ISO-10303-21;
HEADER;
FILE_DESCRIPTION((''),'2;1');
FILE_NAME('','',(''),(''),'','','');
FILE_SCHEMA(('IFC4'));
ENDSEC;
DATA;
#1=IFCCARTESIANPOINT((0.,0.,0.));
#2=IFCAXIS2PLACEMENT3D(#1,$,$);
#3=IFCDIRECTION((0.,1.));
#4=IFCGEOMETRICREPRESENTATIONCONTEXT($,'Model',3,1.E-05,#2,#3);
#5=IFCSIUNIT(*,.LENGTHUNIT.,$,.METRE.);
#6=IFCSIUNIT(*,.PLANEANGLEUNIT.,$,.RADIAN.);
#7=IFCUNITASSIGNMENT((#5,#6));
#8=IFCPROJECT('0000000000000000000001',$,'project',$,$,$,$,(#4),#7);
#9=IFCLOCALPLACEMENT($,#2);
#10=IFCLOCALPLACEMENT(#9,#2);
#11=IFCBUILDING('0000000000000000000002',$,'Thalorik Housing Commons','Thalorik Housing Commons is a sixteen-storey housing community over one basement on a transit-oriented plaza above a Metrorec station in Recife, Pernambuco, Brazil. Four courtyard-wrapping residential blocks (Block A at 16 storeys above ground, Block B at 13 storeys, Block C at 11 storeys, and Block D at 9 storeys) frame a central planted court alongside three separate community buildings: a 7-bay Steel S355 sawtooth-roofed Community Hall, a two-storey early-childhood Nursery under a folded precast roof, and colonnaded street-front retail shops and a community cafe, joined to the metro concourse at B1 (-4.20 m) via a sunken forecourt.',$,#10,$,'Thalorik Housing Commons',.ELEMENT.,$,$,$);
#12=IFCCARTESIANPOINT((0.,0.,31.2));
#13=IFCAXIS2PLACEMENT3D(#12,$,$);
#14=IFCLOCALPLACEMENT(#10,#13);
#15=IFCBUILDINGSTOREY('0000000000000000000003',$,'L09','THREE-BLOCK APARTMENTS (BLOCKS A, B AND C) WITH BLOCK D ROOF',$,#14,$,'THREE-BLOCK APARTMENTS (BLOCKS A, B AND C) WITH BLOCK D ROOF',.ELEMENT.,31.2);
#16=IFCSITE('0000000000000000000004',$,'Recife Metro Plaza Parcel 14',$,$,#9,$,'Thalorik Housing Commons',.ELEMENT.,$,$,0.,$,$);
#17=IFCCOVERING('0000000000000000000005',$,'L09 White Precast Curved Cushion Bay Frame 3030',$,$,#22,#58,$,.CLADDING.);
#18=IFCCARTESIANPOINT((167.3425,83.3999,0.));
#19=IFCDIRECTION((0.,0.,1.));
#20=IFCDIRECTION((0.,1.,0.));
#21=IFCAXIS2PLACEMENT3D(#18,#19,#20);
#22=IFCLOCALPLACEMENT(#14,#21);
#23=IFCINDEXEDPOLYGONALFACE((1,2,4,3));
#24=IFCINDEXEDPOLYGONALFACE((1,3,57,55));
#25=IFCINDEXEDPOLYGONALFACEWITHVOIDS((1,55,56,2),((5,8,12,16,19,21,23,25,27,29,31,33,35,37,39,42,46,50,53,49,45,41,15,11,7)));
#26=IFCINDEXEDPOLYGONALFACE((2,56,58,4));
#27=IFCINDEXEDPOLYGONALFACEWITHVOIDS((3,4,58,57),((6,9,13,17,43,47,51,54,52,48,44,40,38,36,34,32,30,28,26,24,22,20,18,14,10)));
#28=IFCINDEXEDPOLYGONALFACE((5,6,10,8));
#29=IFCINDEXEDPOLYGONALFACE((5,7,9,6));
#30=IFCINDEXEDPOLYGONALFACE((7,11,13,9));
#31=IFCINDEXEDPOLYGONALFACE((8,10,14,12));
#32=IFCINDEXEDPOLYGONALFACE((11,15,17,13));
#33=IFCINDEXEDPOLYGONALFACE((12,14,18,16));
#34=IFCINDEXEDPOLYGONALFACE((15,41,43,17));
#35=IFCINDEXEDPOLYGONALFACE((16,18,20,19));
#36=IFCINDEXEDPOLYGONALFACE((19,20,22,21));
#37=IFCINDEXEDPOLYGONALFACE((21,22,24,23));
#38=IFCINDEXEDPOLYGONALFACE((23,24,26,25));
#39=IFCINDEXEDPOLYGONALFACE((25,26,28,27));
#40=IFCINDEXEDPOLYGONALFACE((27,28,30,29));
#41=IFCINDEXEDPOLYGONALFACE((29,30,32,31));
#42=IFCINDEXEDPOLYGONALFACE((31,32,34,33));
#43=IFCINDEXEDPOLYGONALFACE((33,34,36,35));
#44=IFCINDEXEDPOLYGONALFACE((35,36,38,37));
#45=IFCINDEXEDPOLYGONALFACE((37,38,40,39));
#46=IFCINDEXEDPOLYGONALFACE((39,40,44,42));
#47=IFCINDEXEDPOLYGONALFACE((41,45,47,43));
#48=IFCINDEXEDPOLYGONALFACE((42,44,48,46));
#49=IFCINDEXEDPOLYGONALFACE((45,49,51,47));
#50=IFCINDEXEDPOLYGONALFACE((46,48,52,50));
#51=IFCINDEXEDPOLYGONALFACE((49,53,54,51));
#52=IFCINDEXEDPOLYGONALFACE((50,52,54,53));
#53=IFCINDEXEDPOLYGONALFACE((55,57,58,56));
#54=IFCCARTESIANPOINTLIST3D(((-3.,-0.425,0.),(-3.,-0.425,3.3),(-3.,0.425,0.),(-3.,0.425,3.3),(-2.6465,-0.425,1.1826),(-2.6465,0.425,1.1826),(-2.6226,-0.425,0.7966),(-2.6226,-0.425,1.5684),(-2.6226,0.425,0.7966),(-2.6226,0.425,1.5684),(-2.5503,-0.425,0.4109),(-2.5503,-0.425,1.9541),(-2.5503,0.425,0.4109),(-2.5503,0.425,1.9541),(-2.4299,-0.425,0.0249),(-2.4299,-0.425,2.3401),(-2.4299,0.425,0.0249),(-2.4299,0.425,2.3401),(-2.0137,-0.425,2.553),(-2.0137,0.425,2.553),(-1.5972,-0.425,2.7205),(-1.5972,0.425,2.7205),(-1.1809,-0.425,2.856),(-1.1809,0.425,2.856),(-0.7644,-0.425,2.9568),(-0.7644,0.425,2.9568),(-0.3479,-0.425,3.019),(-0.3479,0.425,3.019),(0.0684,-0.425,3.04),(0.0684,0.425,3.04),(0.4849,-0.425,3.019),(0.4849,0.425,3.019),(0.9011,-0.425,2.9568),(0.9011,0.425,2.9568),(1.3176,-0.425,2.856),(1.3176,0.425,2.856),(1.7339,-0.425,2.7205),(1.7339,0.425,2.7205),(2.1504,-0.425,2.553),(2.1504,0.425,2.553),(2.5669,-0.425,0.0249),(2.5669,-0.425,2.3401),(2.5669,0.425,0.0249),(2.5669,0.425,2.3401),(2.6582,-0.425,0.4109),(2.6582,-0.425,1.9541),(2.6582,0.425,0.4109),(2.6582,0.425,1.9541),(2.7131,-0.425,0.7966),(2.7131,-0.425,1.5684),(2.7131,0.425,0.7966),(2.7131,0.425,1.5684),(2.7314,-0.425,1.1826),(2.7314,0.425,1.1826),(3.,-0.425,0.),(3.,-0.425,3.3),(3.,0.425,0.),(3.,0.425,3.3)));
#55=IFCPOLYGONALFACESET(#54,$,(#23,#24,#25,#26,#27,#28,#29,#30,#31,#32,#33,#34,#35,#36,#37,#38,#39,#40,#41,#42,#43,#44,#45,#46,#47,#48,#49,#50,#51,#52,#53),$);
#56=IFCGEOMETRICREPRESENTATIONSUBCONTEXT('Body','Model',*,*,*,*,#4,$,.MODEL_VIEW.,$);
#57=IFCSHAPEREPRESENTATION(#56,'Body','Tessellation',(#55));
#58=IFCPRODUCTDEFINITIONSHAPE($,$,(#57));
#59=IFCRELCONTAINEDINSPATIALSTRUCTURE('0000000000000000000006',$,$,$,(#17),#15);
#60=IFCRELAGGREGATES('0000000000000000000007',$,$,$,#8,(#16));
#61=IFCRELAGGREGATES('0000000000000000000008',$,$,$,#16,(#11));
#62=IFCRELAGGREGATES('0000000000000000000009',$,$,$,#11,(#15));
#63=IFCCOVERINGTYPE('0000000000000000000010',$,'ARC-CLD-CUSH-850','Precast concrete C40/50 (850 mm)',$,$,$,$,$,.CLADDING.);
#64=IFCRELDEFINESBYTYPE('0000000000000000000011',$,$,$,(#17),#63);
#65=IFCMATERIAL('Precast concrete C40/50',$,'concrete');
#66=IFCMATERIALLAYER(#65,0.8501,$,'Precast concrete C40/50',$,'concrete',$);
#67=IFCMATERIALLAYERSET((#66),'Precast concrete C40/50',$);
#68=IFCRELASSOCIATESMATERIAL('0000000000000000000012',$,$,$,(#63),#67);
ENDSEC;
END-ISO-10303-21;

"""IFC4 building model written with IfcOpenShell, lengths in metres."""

from ifc_helpers import new_model, si_unit, direction, frame, origin, place, context, subcontext, project, spatial, polyline, outline, extrude, material, layer, layer_set, type_object, element, save


model = new_model("IFC4")

# Units and contexts
model_context = context("Model", 3, precision=1e-05, world=origin(), true_north=direction((0.0, 1.0)))
body_context = subcontext(model_context, "Body", "Model", "MODEL_VIEW")
ifc_project = project(units=[si_unit("LENGTHUNIT", "METRE"), si_unit("PLANEANGLEUNIT", "RADIAN")], contexts=[model_context])

# Site, building, storey
site_placement = place(None, origin())
site = spatial("IfcSite", under=ifc_project, at=site_placement, Name="Recife Metro Plaza Parcel 14", LongName="Thalorik Housing Commons", CompositionType="ELEMENT", RefElevation=0.0)
building_placement = place(site_placement, origin())
building = spatial("IfcBuilding", under=site, at=building_placement, Name="Thalorik Housing Commons", Description="Thalorik Housing Commons is a sixteen-storey housing community over one basement on a transit-oriented plaza above a Metrorec station in Recife, Pernambuco, Brazil. Four courtyard-wrapping residential blocks (Block A at 16 storeys above ground, Block B at 13 storeys, Block C at 11 storeys, and Block D at 9 storeys) frame a central planted court alongside three separate community buildings: a 7-bay Steel S355 sawtooth-roofed Community Hall, a two-storey early-childhood Nursery under a folded precast roof, and colonnaded street-front retail shops and a community cafe, joined to the metro concourse at B1 (-4.20 m) via a sunken forecourt.", LongName="Thalorik Housing Commons", CompositionType="ELEMENT")
storey_placement = place(building_placement, frame((0.0, 0.0, 31.2)))
storey = spatial("IfcBuildingStorey", under=building, at=storey_placement, Name="L09", Description="THREE-BLOCK APARTMENTS (BLOCKS A, B AND C) WITH BLOCK D ROOF", LongName="THREE-BLOCK APARTMENTS (BLOCKS A, B AND C) WITH BLOCK D ROOF", CompositionType="ELEMENT", Elevation=31.2)

# Shared definitions
ifc_material_1 = material(Name="Precast concrete C40/50", Category="concrete")

# Covering
ifc_layer_1 = layer(ifc_material_1, 0.8501, Name="Precast concrete C40/50", Category="concrete")
ifc_layer_set_1 = layer_set([ifc_layer_1], Name="Precast concrete C40/50")
covering_type_1 = type_object("IfcCoveringType", Name="ARC-CLD-CUSH-850", Description="Precast concrete C40/50 (850 mm)", PredefinedType="CLADDING", material=ifc_layer_set_1)
covering_1_placement = place(storey_placement, frame((167.3425, 83.3999, 0.0), z_axis=(0.0, 0.0, 1.0), x_axis=(0.0, 1.0, 0.0)))
element("IfcCovering", 1, at=covering_1_placement, inside=storey, type_object=covering_type_1, Name="L09 White Precast Curved Cushion Bay Frame 3030", PredefinedType="CLADDING", context=body_context, shape_type="SweptSolid", body=[
    extrude(outline(polyline([(-3.0, 0.0), (3.0, 0.0), (3.0, 3.3), (-3.0, 3.3), (-3.0, 0.0)]), holes=[polyline([(2.5669, 0.0249), (2.6582, 0.4109), (2.7131, 0.7966), (2.7314, 1.1826), (2.7131, 1.5684), (2.6582, 1.9541), (2.5669, 2.3401), (2.1504, 2.553), (1.7339, 2.7205), (1.3176, 2.856), (0.9011, 2.9568), (0.4849, 3.019), (0.0684, 3.04), (-0.3479, 3.019), (-0.7644, 2.9568), (-1.1809, 2.856), (-1.5972, 2.7205), (-2.0137, 2.553), (-2.4299, 2.3401), (-2.5503, 1.9541), (-2.6226, 1.5684), (-2.6465, 1.1826), (-2.6226, 0.7966), (-2.5503, 0.4109), (-2.4299, 0.0249), (2.5669, 0.0249)])]), frame((0.0, 0.425, 0.0), z_axis=(0.0, -1.0, 0.0), x_axis=(1.0, 0.0, 0.0)), (0.0, 0.0, 1.0), 0.8501),
])

save(model, "model.ifc")
